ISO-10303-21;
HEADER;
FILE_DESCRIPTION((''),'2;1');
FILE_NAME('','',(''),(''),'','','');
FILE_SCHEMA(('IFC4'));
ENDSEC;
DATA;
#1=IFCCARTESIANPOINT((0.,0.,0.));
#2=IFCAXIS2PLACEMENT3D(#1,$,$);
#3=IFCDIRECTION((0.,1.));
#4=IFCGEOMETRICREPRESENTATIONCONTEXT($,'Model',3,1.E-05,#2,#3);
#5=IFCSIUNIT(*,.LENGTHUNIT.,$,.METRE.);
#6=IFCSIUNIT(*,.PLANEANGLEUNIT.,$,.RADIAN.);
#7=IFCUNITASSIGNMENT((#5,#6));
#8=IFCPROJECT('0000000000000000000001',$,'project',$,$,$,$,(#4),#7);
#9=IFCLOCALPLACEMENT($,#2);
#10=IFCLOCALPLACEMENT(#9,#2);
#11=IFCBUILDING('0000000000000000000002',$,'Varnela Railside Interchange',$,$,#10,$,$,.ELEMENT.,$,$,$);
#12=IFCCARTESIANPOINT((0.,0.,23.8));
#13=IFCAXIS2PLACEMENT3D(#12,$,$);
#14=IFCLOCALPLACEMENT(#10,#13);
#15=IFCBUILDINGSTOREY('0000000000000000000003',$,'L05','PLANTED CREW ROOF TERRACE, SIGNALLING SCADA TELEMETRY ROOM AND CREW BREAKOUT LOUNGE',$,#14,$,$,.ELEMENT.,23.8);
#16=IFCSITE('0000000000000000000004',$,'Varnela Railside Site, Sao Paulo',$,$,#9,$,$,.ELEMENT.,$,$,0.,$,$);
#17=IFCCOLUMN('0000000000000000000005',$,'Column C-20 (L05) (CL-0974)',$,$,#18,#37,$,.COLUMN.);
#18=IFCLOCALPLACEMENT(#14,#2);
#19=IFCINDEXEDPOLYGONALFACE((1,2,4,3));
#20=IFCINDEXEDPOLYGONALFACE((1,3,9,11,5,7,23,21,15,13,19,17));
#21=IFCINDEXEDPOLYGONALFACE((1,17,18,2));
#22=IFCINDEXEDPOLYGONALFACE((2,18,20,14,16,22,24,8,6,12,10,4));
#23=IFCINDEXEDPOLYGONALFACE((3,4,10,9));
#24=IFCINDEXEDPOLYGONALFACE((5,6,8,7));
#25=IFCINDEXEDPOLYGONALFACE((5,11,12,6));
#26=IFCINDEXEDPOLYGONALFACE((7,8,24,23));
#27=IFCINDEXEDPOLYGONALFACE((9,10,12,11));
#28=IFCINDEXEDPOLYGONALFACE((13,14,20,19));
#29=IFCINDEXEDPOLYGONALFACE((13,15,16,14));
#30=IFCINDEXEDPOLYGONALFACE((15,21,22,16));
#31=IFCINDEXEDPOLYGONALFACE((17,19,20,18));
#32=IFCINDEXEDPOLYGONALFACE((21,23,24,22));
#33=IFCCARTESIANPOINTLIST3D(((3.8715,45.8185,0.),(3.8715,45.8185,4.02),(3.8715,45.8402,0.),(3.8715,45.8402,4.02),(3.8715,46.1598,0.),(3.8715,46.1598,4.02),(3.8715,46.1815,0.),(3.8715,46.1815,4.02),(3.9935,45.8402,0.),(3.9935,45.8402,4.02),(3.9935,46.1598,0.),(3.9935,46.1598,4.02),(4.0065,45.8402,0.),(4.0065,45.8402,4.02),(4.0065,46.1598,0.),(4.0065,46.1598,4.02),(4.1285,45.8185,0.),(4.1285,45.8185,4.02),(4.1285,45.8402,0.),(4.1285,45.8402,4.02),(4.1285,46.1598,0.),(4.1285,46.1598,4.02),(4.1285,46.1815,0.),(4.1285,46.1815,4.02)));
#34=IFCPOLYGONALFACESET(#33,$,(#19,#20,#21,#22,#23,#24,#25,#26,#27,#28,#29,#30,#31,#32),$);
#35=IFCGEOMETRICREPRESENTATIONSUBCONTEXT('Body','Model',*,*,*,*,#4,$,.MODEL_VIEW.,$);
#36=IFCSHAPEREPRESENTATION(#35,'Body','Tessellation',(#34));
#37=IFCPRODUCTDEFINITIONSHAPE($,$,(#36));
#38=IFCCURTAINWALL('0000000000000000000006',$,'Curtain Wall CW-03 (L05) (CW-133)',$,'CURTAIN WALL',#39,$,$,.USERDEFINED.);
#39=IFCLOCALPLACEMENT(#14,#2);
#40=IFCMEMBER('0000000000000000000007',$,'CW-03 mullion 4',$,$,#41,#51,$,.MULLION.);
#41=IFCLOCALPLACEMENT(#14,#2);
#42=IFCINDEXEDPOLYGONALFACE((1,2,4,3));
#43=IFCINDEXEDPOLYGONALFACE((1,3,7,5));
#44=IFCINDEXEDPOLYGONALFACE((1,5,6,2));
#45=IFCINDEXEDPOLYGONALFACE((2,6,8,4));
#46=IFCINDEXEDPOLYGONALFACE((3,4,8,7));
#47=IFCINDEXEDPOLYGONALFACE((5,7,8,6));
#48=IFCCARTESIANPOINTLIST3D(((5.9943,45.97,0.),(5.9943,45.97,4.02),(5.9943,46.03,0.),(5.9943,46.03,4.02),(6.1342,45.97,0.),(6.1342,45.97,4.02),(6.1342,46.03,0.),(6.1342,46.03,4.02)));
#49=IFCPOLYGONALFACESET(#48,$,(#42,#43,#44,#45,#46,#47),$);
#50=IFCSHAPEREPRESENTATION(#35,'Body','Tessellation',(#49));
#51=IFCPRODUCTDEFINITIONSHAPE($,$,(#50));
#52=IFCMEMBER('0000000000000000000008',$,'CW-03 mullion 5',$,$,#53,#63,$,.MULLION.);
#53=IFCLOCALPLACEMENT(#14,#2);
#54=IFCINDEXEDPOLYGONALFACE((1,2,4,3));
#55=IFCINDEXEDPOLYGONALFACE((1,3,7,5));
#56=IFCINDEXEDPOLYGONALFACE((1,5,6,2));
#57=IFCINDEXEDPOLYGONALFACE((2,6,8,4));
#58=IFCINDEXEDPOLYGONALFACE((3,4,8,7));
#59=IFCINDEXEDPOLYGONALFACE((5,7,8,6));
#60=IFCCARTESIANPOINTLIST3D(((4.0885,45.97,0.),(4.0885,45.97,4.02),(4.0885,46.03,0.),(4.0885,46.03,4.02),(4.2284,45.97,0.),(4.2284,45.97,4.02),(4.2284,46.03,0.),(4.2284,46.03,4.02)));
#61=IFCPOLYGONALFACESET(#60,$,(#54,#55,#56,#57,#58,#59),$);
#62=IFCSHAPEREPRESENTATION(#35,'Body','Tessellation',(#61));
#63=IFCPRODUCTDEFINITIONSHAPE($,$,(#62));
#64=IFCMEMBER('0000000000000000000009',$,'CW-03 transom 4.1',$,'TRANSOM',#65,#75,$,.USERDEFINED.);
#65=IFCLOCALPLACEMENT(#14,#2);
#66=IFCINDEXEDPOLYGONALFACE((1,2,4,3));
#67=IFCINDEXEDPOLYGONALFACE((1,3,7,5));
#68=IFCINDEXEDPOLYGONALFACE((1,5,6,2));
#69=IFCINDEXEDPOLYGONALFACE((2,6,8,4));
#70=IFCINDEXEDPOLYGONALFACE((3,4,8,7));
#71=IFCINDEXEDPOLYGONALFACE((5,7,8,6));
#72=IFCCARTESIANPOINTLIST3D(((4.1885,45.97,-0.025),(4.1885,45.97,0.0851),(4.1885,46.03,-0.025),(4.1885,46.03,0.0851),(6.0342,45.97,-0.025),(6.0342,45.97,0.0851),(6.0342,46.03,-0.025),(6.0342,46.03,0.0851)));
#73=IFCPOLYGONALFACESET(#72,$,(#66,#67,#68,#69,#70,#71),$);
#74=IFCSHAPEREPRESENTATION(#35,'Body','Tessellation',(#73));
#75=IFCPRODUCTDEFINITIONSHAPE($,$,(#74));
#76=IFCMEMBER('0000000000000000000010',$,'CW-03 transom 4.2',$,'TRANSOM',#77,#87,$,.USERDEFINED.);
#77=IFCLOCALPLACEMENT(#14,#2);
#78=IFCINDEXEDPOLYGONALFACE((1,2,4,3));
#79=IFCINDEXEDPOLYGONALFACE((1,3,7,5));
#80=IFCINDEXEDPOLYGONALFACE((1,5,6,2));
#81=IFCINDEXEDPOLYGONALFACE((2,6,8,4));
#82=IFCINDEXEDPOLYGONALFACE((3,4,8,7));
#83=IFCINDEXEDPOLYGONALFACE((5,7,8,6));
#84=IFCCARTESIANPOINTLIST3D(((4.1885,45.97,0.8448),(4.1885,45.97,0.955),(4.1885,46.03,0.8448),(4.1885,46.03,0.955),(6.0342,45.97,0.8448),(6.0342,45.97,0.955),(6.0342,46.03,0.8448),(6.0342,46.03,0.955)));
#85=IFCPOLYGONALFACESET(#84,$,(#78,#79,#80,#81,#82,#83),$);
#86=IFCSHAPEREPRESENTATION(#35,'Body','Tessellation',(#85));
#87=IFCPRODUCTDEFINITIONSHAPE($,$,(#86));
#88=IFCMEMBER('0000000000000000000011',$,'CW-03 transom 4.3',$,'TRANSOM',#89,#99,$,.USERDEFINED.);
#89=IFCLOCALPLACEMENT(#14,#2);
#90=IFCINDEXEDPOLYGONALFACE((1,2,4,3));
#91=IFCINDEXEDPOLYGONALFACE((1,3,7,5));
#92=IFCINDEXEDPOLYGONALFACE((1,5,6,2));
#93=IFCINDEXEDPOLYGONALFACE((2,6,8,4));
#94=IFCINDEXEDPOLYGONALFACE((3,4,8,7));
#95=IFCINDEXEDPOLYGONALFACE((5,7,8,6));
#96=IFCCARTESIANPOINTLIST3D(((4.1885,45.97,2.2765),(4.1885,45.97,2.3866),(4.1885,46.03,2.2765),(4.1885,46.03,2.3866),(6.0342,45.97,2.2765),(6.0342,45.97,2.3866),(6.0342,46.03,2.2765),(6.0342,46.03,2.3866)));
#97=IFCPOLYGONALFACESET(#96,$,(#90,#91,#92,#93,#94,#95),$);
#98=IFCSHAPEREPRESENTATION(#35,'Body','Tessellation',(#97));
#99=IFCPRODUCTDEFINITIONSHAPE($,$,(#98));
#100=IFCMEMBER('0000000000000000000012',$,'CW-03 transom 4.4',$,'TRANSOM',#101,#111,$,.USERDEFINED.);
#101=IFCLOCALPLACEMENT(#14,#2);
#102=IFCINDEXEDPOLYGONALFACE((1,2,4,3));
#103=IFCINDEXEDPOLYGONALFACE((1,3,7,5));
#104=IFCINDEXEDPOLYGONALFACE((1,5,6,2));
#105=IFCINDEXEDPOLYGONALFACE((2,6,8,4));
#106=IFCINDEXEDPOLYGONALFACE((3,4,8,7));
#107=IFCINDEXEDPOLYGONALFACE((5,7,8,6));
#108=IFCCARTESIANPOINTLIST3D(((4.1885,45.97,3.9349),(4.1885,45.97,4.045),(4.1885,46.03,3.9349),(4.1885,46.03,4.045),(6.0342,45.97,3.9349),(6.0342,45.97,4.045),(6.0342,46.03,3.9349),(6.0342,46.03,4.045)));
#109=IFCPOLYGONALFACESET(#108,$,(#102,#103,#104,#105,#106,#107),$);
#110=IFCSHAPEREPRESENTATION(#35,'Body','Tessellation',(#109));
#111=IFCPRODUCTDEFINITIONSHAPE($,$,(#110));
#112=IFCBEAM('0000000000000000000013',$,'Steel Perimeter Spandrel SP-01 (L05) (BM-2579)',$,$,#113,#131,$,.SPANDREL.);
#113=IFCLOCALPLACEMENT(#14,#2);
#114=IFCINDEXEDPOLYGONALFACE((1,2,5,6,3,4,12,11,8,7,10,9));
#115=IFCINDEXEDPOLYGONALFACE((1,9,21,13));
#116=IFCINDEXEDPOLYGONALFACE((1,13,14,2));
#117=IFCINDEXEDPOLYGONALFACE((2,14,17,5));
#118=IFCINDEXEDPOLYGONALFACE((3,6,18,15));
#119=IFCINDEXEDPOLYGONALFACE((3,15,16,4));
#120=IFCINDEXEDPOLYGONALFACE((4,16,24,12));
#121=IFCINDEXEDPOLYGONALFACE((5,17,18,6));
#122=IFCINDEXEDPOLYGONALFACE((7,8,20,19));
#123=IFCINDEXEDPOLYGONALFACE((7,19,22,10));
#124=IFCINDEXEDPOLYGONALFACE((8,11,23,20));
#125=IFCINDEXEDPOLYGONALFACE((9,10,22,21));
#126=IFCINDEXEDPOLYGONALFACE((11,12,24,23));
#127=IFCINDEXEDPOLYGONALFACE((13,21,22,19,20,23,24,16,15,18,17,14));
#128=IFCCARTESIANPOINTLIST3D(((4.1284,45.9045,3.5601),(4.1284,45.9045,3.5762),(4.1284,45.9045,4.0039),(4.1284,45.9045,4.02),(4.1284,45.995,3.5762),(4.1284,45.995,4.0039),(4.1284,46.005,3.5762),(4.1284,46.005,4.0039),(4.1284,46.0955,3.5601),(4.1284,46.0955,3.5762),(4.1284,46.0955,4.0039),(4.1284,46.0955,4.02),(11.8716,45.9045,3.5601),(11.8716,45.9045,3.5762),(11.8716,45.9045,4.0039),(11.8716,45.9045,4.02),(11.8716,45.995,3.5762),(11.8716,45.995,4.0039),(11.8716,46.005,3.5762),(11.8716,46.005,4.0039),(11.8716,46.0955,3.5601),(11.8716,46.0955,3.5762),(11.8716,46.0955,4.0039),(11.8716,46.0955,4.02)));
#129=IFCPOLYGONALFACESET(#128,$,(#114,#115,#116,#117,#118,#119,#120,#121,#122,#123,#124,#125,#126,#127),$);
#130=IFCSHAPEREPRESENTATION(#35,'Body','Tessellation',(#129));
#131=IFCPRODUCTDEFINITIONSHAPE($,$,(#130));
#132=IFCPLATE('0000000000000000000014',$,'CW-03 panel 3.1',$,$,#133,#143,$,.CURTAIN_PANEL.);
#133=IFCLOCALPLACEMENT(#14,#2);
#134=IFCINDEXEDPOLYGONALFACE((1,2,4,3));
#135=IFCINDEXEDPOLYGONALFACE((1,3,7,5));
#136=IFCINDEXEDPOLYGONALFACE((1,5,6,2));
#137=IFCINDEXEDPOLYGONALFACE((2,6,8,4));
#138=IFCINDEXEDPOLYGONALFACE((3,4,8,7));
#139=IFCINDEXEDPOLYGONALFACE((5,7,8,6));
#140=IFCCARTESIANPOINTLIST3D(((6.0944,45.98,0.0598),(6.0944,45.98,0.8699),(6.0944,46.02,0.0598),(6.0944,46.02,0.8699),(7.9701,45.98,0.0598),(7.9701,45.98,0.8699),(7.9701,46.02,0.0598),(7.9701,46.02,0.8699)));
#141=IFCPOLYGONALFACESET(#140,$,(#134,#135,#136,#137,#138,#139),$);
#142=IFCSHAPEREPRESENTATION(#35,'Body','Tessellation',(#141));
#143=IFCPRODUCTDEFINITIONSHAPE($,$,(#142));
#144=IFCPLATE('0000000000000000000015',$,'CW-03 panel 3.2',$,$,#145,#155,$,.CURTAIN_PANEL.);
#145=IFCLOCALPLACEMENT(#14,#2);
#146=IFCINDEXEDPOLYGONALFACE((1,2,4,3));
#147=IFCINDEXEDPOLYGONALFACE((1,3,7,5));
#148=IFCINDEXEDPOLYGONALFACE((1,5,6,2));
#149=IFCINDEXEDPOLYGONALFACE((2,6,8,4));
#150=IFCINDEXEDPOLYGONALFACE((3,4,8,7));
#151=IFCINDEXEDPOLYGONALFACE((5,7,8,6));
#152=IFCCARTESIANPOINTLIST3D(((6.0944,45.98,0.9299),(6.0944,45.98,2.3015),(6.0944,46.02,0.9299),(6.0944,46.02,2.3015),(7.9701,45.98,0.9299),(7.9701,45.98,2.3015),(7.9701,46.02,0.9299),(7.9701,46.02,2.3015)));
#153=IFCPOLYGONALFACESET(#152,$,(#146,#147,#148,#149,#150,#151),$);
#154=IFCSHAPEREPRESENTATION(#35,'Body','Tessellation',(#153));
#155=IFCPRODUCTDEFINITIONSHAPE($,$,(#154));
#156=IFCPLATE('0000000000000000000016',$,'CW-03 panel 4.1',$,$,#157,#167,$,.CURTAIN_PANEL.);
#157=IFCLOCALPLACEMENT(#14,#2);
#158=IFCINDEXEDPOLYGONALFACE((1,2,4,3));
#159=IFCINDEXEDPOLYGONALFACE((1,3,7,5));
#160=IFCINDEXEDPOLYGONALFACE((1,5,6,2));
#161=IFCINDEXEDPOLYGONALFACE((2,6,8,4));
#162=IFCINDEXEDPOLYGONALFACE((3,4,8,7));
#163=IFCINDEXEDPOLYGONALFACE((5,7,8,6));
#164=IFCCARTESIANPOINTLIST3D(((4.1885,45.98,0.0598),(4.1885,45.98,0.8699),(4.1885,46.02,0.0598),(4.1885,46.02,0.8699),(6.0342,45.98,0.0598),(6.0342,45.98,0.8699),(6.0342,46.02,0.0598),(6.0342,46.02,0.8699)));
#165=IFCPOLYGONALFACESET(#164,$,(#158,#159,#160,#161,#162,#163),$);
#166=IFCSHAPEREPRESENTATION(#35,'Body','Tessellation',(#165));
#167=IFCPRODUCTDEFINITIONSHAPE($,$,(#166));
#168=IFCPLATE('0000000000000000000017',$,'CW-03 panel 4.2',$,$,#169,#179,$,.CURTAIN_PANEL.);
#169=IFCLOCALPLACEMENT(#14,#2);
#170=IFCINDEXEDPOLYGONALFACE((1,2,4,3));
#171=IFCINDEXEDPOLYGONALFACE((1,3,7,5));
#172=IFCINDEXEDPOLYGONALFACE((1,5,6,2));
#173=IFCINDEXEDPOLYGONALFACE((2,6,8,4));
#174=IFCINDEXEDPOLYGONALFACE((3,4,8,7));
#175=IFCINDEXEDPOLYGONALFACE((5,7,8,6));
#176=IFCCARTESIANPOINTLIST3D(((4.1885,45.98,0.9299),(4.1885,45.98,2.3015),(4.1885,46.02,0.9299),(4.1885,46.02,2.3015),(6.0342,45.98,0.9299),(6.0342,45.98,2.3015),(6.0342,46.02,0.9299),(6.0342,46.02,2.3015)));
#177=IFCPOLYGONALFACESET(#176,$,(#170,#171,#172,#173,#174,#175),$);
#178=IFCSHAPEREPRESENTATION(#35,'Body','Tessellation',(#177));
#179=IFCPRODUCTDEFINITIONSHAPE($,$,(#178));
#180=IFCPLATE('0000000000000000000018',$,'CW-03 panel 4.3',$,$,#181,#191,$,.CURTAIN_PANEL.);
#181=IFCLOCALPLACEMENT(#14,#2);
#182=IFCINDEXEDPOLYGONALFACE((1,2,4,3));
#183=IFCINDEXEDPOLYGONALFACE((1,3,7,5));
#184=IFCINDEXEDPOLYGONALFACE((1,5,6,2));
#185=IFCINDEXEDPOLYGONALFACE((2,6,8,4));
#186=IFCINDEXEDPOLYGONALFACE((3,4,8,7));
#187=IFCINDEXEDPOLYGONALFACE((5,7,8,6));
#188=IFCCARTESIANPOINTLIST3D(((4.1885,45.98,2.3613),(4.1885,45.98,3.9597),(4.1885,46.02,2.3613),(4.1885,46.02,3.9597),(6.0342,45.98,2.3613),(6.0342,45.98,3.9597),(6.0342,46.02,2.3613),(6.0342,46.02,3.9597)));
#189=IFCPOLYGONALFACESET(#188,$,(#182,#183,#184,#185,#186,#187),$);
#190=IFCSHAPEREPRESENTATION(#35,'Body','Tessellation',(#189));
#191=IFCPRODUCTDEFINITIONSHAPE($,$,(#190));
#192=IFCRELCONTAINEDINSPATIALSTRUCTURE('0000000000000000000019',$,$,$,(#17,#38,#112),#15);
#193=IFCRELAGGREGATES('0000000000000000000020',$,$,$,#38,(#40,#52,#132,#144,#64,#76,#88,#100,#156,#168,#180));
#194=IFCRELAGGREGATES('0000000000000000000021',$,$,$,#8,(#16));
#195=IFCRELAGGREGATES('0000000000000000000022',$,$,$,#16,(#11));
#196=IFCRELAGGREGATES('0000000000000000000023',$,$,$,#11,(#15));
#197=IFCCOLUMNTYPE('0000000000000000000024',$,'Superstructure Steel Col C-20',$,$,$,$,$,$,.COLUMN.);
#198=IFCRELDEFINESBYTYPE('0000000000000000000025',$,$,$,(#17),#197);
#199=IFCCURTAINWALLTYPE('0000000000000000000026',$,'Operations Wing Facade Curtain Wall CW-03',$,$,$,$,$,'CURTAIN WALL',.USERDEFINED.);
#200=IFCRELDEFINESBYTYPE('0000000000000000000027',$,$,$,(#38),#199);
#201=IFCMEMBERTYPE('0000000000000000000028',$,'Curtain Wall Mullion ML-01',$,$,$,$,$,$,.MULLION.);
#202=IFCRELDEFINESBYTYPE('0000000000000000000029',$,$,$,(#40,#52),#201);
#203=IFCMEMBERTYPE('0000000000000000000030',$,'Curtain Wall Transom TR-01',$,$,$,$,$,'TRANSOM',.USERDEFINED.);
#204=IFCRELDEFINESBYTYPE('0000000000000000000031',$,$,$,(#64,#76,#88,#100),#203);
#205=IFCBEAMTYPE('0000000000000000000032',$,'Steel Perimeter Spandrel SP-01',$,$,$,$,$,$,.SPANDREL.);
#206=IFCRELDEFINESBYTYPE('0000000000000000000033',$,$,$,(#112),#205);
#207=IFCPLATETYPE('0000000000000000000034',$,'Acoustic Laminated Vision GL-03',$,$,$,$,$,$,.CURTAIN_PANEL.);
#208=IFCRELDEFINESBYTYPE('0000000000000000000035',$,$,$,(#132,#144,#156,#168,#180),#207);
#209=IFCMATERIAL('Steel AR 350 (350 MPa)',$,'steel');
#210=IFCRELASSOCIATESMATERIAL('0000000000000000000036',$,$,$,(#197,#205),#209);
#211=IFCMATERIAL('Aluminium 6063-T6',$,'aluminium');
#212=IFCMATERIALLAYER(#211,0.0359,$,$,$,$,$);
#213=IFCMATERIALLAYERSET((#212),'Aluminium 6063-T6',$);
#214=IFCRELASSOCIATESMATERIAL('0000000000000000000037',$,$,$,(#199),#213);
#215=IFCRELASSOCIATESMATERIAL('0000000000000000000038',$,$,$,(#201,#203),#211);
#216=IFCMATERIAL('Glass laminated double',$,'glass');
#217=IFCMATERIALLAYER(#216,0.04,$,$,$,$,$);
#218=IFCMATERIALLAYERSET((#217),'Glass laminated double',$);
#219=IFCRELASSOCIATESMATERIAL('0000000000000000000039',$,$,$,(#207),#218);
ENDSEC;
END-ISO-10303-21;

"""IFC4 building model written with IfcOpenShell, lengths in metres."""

from ifc_helpers import new_model, si_unit, direction, frame, origin, origin_2d, place, context, subcontext, project, spatial, rectangle, i_section, extrude, material, layer, layer_set, material_profile, profile_set, type_object, element, aggregate, save


model = new_model("IFC4")

# Units and contexts
model_context = context("Model", 3, precision=1e-05, world=origin(), true_north=direction((0.0, 1.0)))
body_context = subcontext(model_context, "Body", "Model", "MODEL_VIEW")
ifc_project = project(units=[si_unit("LENGTHUNIT", "METRE"), si_unit("PLANEANGLEUNIT", "RADIAN")], contexts=[model_context])

# Site, building, storey
site_placement = place(None, origin())
site = spatial("IfcSite", under=ifc_project, at=site_placement, Name="Varnela Railside Site, Sao Paulo", CompositionType="ELEMENT", RefElevation=0.0)
building_placement = place(site_placement, origin())
building = spatial("IfcBuilding", under=site, at=building_placement, Name="Varnela Railside Interchange", CompositionType="ELEMENT")
storey_placement = place(building_placement, frame((0.0, 0.0, 23.8)))
storey = spatial("IfcBuildingStorey", under=building, at=storey_placement, Name="L05", Description="PLANTED CREW ROOF TERRACE, SIGNALLING SCADA TELEMETRY ROOM AND CREW BREAKOUT LOUNGE", CompositionType="ELEMENT", Elevation=23.8)

# Column
ifc_material_1 = material(Name="Steel AR 350 (350 MPa)", Category="steel")
ifc_material_profile_1 = material_profile(ifc_material_1, i_section(OverallWidth=0.2571, OverallDepth=0.363, WebThickness=0.0129, FlangeThickness=0.0217, at=origin_2d()), Name="W360x122")
ifc_profile_set_1 = profile_set([ifc_material_profile_1], Name="Steel AR 350 (350 MPa)")
column_type = type_object("IfcColumnType", Name="Superstructure Steel Col C-20", PredefinedType="COLUMN", material=ifc_profile_set_1)
column_placement = place(storey_placement, frame((4.0, 46.0, 0.0), z_axis=(0.0, 0.0, 1.0), x_axis=(1.0, 0.0, 0.0)))
element("IfcColumn", 1, at=column_placement, inside=storey, type_object=column_type, Name="Column C-20 (L05) (CL-0974)", PredefinedType="COLUMN", context=body_context, shape_type="SweptSolid", body=[
    extrude(i_section(OverallWidth=0.2571, OverallDepth=0.363, WebThickness=0.0129, FlangeThickness=0.0217, at=origin_2d()), origin(), (0.0, 0.0, 1.0), 4.02),
])

# Curtain wall, members
ifc_material_2 = material(Name="Aluminium 6063-T6", Category="aluminium")
ifc_layer_1 = layer(ifc_material_2, 0.0359)
ifc_layer_set_1 = layer_set([ifc_layer_1], Name="Aluminium 6063-T6")
curtain_wall_type = type_object("IfcCurtainWallType", Name="Operations Wing Facade Curtain Wall CW-03", ElementType="CURTAIN WALL", PredefinedType="USERDEFINED", material=ifc_layer_set_1)
curtain_wall_placement = place(storey_placement, origin())
curtain_wall = element("IfcCurtainWall", 2, at=curtain_wall_placement, inside=storey, type_object=curtain_wall_type, Name="Curtain Wall CW-03 (L05) (CW-133)", ObjectType="CURTAIN WALL", PredefinedType="USERDEFINED")
ifc_material_profile_2 = material_profile(ifc_material_2, rectangle(XDim=0.0601, YDim=0.1399, at=origin_2d()), Name="ALU 60x140")
ifc_profile_set_2 = profile_set([ifc_material_profile_2], Name="Aluminium 6063-T6")
member_type_1 = type_object("IfcMemberType", Name="Curtain Wall Mullion ML-01", PredefinedType="MULLION", material=ifc_profile_set_2)
member_1_placement = place(storey_placement, frame((6.0642, 46.0, 0.0), z_axis=(0.0, 0.0, 1.0), x_axis=(0.0, -1.0, 0.0)))
member_1 = element("IfcMember", 3, at=member_1_placement, type_object=member_type_1, Name="CW-03 mullion 4", PredefinedType="MULLION", context=body_context, shape_type="SweptSolid", body=[
    extrude(rectangle(XDim=0.0601, YDim=0.1399, at=origin_2d()), origin(), (0.0, 0.0, 1.0), 4.02),
])
member_2_placement = place(storey_placement, frame((4.1584, 46.0, 0.0), z_axis=(0.0, 0.0, 1.0), x_axis=(0.0, -1.0, 0.0)))
member_2 = element("IfcMember", 4, at=member_2_placement, type_object=member_type_1, Name="CW-03 mullion 5", PredefinedType="MULLION", context=body_context, shape_type="SweptSolid", body=[
    extrude(rectangle(XDim=0.0601, YDim=0.1399, at=origin_2d()), origin(), (0.0, 0.0, 1.0), 4.02),
])
ifc_material_profile_3 = material_profile(ifc_material_2, rectangle(XDim=0.0601, YDim=0.1101, at=origin_2d()), Name="ALU 60x110")
ifc_profile_set_3 = profile_set([ifc_material_profile_3], Name="Aluminium 6063-T6")
member_type_2 = type_object("IfcMemberType", Name="Curtain Wall Transom TR-01", ElementType="TRANSOM", PredefinedType="USERDEFINED", material=ifc_profile_set_3)
member_3_placement = place(storey_placement, frame((6.0342, 46.0, 0.03), z_axis=(-1.0, 0.0, 0.0), x_axis=(0.0, -1.0, 0.0)))
member_3 = element("IfcMember", 5, at=member_3_placement, type_object=member_type_2, Name="CW-03 transom 4.1", ObjectType="TRANSOM", PredefinedType="USERDEFINED", context=body_context, shape_type="SweptSolid", body=[
    extrude(rectangle(XDim=0.0601, YDim=0.1101, at=origin_2d()), origin(), (0.0, 0.0, 1.0), 1.8457),
])
member_4_placement = place(storey_placement, frame((6.0342, 46.0, 0.8999), z_axis=(-1.0, 0.0, 0.0), x_axis=(0.0, -1.0, 0.0)))
member_4 = element("IfcMember", 6, at=member_4_placement, type_object=member_type_2, Name="CW-03 transom 4.2", ObjectType="TRANSOM", PredefinedType="USERDEFINED", context=body_context, shape_type="SweptSolid", body=[
    extrude(rectangle(XDim=0.0601, YDim=0.1101, at=origin_2d()), origin(), (0.0, 0.0, 1.0), 1.8457),
])
member_5_placement = place(storey_placement, frame((6.0342, 46.0, 2.3315), z_axis=(-1.0, 0.0, 0.0), x_axis=(0.0, -1.0, 0.0)))
member_5 = element("IfcMember", 7, at=member_5_placement, type_object=member_type_2, Name="CW-03 transom 4.3", ObjectType="TRANSOM", PredefinedType="USERDEFINED", context=body_context, shape_type="SweptSolid", body=[
    extrude(rectangle(XDim=0.0601, YDim=0.1101, at=origin_2d()), origin(), (0.0, 0.0, 1.0), 1.8457),
])
member_6_placement = place(storey_placement, frame((6.0342, 46.0, 3.99), z_axis=(-1.0, 0.0, 0.0), x_axis=(0.0, -1.0, 0.0)))
member_6 = element("IfcMember", 8, at=member_6_placement, type_object=member_type_2, Name="CW-03 transom 4.4", ObjectType="TRANSOM", PredefinedType="USERDEFINED", context=body_context, shape_type="SweptSolid", body=[
    extrude(rectangle(XDim=0.0601, YDim=0.1101, at=origin_2d()), origin(), (0.0, 0.0, 1.0), 1.8457),
])

# Beam
ifc_material_profile_4 = material_profile(ifc_material_1, i_section(OverallWidth=0.1909, OverallDepth=0.46, WebThickness=0.01, FlangeThickness=0.0161, at=origin_2d()), Name="W460x82")
ifc_profile_set_4 = profile_set([ifc_material_profile_4], Name="Steel AR 350 (350 MPa)")
beam_type = type_object("IfcBeamType", Name="Steel Perimeter Spandrel SP-01", PredefinedType="SPANDREL", material=ifc_profile_set_4)
beam_placement = place(storey_placement, frame((4.1284, 46.0, 3.79), z_axis=(1.0, 0.0, 0.0), x_axis=(0.0, 1.0, 0.0)))
element("IfcBeam", 9, at=beam_placement, inside=storey, type_object=beam_type, Name="Steel Perimeter Spandrel SP-01 (L05) (BM-2579)", PredefinedType="SPANDREL", context=body_context, shape_type="SweptSolid", body=[
    extrude(i_section(OverallWidth=0.1909, OverallDepth=0.46, WebThickness=0.01, FlangeThickness=0.0161, at=origin_2d()), origin(), (0.0, 0.0, 1.0), 7.7432),
])

# Plates
ifc_material_3 = material(Name="Glass laminated double", Category="glass")
ifc_layer_2 = layer(ifc_material_3, 0.04)
ifc_layer_set_2 = layer_set([ifc_layer_2], Name="Glass laminated double")
plate_type = type_object("IfcPlateType", Name="Acoustic Laminated Vision GL-03", PredefinedType="CURTAIN_PANEL", material=ifc_layer_set_2)
plate_1_placement = place(storey_placement, frame((7.0322, 46.0, 0.0598), z_axis=(0.0, 0.0, 1.0), x_axis=(-1.0, 0.0, 0.0)))
plate_1 = element("IfcPlate", 10, at=plate_1_placement, type_object=plate_type, Name="CW-03 panel 3.1", PredefinedType="CURTAIN_PANEL", context=body_context, shape_type="SweptSolid", body=[
    extrude(rectangle(XDim=1.8757, YDim=0.04, at=origin_2d()), origin(), (0.0, 0.0, 1.0), 0.8101),
])
plate_2_placement = place(storey_placement, frame((7.0322, 46.0, 0.9299), z_axis=(0.0, 0.0, 1.0), x_axis=(-1.0, 0.0, 0.0)))
plate_2 = element("IfcPlate", 11, at=plate_2_placement, type_object=plate_type, Name="CW-03 panel 3.2", PredefinedType="CURTAIN_PANEL", context=body_context, shape_type="SweptSolid", body=[
    extrude(rectangle(XDim=1.8757, YDim=0.04, at=origin_2d()), origin(), (0.0, 0.0, 1.0), 1.3716),
])
plate_3_placement = place(storey_placement, frame((5.1113, 46.0, 0.0598), z_axis=(0.0, 0.0, 1.0), x_axis=(-1.0, 0.0, 0.0)))
plate_3 = element("IfcPlate", 12, at=plate_3_placement, type_object=plate_type, Name="CW-03 panel 4.1", PredefinedType="CURTAIN_PANEL", context=body_context, shape_type="SweptSolid", body=[
    extrude(rectangle(XDim=1.8457, YDim=0.04, at=origin_2d()), origin(), (0.0, 0.0, 1.0), 0.8101),
])
plate_4_placement = place(storey_placement, frame((5.1113, 46.0, 0.9299), z_axis=(0.0, 0.0, 1.0), x_axis=(-1.0, 0.0, 0.0)))
plate_4 = element("IfcPlate", 13, at=plate_4_placement, type_object=plate_type, Name="CW-03 panel 4.2", PredefinedType="CURTAIN_PANEL", context=body_context, shape_type="SweptSolid", body=[
    extrude(rectangle(XDim=1.8457, YDim=0.04, at=origin_2d()), origin(), (0.0, 0.0, 1.0), 1.3716),
])
plate_5_placement = place(storey_placement, frame((5.1113, 46.0, 2.3613), z_axis=(0.0, 0.0, 1.0), x_axis=(-1.0, 0.0, 0.0)))
plate_5 = element("IfcPlate", 14, at=plate_5_placement, type_object=plate_type, Name="CW-03 panel 4.3", PredefinedType="CURTAIN_PANEL", context=body_context, shape_type="SweptSolid", body=[
    extrude(rectangle(XDim=1.8457, YDim=0.04, at=origin_2d()), origin(), (0.0, 0.0, 1.0), 1.5984),
])
aggregate(curtain_wall, [member_1, member_2, plate_1, plate_2, member_3, member_4, member_5, member_6, plate_3, plate_4, plate_5])

save(model, "model.ifc")
